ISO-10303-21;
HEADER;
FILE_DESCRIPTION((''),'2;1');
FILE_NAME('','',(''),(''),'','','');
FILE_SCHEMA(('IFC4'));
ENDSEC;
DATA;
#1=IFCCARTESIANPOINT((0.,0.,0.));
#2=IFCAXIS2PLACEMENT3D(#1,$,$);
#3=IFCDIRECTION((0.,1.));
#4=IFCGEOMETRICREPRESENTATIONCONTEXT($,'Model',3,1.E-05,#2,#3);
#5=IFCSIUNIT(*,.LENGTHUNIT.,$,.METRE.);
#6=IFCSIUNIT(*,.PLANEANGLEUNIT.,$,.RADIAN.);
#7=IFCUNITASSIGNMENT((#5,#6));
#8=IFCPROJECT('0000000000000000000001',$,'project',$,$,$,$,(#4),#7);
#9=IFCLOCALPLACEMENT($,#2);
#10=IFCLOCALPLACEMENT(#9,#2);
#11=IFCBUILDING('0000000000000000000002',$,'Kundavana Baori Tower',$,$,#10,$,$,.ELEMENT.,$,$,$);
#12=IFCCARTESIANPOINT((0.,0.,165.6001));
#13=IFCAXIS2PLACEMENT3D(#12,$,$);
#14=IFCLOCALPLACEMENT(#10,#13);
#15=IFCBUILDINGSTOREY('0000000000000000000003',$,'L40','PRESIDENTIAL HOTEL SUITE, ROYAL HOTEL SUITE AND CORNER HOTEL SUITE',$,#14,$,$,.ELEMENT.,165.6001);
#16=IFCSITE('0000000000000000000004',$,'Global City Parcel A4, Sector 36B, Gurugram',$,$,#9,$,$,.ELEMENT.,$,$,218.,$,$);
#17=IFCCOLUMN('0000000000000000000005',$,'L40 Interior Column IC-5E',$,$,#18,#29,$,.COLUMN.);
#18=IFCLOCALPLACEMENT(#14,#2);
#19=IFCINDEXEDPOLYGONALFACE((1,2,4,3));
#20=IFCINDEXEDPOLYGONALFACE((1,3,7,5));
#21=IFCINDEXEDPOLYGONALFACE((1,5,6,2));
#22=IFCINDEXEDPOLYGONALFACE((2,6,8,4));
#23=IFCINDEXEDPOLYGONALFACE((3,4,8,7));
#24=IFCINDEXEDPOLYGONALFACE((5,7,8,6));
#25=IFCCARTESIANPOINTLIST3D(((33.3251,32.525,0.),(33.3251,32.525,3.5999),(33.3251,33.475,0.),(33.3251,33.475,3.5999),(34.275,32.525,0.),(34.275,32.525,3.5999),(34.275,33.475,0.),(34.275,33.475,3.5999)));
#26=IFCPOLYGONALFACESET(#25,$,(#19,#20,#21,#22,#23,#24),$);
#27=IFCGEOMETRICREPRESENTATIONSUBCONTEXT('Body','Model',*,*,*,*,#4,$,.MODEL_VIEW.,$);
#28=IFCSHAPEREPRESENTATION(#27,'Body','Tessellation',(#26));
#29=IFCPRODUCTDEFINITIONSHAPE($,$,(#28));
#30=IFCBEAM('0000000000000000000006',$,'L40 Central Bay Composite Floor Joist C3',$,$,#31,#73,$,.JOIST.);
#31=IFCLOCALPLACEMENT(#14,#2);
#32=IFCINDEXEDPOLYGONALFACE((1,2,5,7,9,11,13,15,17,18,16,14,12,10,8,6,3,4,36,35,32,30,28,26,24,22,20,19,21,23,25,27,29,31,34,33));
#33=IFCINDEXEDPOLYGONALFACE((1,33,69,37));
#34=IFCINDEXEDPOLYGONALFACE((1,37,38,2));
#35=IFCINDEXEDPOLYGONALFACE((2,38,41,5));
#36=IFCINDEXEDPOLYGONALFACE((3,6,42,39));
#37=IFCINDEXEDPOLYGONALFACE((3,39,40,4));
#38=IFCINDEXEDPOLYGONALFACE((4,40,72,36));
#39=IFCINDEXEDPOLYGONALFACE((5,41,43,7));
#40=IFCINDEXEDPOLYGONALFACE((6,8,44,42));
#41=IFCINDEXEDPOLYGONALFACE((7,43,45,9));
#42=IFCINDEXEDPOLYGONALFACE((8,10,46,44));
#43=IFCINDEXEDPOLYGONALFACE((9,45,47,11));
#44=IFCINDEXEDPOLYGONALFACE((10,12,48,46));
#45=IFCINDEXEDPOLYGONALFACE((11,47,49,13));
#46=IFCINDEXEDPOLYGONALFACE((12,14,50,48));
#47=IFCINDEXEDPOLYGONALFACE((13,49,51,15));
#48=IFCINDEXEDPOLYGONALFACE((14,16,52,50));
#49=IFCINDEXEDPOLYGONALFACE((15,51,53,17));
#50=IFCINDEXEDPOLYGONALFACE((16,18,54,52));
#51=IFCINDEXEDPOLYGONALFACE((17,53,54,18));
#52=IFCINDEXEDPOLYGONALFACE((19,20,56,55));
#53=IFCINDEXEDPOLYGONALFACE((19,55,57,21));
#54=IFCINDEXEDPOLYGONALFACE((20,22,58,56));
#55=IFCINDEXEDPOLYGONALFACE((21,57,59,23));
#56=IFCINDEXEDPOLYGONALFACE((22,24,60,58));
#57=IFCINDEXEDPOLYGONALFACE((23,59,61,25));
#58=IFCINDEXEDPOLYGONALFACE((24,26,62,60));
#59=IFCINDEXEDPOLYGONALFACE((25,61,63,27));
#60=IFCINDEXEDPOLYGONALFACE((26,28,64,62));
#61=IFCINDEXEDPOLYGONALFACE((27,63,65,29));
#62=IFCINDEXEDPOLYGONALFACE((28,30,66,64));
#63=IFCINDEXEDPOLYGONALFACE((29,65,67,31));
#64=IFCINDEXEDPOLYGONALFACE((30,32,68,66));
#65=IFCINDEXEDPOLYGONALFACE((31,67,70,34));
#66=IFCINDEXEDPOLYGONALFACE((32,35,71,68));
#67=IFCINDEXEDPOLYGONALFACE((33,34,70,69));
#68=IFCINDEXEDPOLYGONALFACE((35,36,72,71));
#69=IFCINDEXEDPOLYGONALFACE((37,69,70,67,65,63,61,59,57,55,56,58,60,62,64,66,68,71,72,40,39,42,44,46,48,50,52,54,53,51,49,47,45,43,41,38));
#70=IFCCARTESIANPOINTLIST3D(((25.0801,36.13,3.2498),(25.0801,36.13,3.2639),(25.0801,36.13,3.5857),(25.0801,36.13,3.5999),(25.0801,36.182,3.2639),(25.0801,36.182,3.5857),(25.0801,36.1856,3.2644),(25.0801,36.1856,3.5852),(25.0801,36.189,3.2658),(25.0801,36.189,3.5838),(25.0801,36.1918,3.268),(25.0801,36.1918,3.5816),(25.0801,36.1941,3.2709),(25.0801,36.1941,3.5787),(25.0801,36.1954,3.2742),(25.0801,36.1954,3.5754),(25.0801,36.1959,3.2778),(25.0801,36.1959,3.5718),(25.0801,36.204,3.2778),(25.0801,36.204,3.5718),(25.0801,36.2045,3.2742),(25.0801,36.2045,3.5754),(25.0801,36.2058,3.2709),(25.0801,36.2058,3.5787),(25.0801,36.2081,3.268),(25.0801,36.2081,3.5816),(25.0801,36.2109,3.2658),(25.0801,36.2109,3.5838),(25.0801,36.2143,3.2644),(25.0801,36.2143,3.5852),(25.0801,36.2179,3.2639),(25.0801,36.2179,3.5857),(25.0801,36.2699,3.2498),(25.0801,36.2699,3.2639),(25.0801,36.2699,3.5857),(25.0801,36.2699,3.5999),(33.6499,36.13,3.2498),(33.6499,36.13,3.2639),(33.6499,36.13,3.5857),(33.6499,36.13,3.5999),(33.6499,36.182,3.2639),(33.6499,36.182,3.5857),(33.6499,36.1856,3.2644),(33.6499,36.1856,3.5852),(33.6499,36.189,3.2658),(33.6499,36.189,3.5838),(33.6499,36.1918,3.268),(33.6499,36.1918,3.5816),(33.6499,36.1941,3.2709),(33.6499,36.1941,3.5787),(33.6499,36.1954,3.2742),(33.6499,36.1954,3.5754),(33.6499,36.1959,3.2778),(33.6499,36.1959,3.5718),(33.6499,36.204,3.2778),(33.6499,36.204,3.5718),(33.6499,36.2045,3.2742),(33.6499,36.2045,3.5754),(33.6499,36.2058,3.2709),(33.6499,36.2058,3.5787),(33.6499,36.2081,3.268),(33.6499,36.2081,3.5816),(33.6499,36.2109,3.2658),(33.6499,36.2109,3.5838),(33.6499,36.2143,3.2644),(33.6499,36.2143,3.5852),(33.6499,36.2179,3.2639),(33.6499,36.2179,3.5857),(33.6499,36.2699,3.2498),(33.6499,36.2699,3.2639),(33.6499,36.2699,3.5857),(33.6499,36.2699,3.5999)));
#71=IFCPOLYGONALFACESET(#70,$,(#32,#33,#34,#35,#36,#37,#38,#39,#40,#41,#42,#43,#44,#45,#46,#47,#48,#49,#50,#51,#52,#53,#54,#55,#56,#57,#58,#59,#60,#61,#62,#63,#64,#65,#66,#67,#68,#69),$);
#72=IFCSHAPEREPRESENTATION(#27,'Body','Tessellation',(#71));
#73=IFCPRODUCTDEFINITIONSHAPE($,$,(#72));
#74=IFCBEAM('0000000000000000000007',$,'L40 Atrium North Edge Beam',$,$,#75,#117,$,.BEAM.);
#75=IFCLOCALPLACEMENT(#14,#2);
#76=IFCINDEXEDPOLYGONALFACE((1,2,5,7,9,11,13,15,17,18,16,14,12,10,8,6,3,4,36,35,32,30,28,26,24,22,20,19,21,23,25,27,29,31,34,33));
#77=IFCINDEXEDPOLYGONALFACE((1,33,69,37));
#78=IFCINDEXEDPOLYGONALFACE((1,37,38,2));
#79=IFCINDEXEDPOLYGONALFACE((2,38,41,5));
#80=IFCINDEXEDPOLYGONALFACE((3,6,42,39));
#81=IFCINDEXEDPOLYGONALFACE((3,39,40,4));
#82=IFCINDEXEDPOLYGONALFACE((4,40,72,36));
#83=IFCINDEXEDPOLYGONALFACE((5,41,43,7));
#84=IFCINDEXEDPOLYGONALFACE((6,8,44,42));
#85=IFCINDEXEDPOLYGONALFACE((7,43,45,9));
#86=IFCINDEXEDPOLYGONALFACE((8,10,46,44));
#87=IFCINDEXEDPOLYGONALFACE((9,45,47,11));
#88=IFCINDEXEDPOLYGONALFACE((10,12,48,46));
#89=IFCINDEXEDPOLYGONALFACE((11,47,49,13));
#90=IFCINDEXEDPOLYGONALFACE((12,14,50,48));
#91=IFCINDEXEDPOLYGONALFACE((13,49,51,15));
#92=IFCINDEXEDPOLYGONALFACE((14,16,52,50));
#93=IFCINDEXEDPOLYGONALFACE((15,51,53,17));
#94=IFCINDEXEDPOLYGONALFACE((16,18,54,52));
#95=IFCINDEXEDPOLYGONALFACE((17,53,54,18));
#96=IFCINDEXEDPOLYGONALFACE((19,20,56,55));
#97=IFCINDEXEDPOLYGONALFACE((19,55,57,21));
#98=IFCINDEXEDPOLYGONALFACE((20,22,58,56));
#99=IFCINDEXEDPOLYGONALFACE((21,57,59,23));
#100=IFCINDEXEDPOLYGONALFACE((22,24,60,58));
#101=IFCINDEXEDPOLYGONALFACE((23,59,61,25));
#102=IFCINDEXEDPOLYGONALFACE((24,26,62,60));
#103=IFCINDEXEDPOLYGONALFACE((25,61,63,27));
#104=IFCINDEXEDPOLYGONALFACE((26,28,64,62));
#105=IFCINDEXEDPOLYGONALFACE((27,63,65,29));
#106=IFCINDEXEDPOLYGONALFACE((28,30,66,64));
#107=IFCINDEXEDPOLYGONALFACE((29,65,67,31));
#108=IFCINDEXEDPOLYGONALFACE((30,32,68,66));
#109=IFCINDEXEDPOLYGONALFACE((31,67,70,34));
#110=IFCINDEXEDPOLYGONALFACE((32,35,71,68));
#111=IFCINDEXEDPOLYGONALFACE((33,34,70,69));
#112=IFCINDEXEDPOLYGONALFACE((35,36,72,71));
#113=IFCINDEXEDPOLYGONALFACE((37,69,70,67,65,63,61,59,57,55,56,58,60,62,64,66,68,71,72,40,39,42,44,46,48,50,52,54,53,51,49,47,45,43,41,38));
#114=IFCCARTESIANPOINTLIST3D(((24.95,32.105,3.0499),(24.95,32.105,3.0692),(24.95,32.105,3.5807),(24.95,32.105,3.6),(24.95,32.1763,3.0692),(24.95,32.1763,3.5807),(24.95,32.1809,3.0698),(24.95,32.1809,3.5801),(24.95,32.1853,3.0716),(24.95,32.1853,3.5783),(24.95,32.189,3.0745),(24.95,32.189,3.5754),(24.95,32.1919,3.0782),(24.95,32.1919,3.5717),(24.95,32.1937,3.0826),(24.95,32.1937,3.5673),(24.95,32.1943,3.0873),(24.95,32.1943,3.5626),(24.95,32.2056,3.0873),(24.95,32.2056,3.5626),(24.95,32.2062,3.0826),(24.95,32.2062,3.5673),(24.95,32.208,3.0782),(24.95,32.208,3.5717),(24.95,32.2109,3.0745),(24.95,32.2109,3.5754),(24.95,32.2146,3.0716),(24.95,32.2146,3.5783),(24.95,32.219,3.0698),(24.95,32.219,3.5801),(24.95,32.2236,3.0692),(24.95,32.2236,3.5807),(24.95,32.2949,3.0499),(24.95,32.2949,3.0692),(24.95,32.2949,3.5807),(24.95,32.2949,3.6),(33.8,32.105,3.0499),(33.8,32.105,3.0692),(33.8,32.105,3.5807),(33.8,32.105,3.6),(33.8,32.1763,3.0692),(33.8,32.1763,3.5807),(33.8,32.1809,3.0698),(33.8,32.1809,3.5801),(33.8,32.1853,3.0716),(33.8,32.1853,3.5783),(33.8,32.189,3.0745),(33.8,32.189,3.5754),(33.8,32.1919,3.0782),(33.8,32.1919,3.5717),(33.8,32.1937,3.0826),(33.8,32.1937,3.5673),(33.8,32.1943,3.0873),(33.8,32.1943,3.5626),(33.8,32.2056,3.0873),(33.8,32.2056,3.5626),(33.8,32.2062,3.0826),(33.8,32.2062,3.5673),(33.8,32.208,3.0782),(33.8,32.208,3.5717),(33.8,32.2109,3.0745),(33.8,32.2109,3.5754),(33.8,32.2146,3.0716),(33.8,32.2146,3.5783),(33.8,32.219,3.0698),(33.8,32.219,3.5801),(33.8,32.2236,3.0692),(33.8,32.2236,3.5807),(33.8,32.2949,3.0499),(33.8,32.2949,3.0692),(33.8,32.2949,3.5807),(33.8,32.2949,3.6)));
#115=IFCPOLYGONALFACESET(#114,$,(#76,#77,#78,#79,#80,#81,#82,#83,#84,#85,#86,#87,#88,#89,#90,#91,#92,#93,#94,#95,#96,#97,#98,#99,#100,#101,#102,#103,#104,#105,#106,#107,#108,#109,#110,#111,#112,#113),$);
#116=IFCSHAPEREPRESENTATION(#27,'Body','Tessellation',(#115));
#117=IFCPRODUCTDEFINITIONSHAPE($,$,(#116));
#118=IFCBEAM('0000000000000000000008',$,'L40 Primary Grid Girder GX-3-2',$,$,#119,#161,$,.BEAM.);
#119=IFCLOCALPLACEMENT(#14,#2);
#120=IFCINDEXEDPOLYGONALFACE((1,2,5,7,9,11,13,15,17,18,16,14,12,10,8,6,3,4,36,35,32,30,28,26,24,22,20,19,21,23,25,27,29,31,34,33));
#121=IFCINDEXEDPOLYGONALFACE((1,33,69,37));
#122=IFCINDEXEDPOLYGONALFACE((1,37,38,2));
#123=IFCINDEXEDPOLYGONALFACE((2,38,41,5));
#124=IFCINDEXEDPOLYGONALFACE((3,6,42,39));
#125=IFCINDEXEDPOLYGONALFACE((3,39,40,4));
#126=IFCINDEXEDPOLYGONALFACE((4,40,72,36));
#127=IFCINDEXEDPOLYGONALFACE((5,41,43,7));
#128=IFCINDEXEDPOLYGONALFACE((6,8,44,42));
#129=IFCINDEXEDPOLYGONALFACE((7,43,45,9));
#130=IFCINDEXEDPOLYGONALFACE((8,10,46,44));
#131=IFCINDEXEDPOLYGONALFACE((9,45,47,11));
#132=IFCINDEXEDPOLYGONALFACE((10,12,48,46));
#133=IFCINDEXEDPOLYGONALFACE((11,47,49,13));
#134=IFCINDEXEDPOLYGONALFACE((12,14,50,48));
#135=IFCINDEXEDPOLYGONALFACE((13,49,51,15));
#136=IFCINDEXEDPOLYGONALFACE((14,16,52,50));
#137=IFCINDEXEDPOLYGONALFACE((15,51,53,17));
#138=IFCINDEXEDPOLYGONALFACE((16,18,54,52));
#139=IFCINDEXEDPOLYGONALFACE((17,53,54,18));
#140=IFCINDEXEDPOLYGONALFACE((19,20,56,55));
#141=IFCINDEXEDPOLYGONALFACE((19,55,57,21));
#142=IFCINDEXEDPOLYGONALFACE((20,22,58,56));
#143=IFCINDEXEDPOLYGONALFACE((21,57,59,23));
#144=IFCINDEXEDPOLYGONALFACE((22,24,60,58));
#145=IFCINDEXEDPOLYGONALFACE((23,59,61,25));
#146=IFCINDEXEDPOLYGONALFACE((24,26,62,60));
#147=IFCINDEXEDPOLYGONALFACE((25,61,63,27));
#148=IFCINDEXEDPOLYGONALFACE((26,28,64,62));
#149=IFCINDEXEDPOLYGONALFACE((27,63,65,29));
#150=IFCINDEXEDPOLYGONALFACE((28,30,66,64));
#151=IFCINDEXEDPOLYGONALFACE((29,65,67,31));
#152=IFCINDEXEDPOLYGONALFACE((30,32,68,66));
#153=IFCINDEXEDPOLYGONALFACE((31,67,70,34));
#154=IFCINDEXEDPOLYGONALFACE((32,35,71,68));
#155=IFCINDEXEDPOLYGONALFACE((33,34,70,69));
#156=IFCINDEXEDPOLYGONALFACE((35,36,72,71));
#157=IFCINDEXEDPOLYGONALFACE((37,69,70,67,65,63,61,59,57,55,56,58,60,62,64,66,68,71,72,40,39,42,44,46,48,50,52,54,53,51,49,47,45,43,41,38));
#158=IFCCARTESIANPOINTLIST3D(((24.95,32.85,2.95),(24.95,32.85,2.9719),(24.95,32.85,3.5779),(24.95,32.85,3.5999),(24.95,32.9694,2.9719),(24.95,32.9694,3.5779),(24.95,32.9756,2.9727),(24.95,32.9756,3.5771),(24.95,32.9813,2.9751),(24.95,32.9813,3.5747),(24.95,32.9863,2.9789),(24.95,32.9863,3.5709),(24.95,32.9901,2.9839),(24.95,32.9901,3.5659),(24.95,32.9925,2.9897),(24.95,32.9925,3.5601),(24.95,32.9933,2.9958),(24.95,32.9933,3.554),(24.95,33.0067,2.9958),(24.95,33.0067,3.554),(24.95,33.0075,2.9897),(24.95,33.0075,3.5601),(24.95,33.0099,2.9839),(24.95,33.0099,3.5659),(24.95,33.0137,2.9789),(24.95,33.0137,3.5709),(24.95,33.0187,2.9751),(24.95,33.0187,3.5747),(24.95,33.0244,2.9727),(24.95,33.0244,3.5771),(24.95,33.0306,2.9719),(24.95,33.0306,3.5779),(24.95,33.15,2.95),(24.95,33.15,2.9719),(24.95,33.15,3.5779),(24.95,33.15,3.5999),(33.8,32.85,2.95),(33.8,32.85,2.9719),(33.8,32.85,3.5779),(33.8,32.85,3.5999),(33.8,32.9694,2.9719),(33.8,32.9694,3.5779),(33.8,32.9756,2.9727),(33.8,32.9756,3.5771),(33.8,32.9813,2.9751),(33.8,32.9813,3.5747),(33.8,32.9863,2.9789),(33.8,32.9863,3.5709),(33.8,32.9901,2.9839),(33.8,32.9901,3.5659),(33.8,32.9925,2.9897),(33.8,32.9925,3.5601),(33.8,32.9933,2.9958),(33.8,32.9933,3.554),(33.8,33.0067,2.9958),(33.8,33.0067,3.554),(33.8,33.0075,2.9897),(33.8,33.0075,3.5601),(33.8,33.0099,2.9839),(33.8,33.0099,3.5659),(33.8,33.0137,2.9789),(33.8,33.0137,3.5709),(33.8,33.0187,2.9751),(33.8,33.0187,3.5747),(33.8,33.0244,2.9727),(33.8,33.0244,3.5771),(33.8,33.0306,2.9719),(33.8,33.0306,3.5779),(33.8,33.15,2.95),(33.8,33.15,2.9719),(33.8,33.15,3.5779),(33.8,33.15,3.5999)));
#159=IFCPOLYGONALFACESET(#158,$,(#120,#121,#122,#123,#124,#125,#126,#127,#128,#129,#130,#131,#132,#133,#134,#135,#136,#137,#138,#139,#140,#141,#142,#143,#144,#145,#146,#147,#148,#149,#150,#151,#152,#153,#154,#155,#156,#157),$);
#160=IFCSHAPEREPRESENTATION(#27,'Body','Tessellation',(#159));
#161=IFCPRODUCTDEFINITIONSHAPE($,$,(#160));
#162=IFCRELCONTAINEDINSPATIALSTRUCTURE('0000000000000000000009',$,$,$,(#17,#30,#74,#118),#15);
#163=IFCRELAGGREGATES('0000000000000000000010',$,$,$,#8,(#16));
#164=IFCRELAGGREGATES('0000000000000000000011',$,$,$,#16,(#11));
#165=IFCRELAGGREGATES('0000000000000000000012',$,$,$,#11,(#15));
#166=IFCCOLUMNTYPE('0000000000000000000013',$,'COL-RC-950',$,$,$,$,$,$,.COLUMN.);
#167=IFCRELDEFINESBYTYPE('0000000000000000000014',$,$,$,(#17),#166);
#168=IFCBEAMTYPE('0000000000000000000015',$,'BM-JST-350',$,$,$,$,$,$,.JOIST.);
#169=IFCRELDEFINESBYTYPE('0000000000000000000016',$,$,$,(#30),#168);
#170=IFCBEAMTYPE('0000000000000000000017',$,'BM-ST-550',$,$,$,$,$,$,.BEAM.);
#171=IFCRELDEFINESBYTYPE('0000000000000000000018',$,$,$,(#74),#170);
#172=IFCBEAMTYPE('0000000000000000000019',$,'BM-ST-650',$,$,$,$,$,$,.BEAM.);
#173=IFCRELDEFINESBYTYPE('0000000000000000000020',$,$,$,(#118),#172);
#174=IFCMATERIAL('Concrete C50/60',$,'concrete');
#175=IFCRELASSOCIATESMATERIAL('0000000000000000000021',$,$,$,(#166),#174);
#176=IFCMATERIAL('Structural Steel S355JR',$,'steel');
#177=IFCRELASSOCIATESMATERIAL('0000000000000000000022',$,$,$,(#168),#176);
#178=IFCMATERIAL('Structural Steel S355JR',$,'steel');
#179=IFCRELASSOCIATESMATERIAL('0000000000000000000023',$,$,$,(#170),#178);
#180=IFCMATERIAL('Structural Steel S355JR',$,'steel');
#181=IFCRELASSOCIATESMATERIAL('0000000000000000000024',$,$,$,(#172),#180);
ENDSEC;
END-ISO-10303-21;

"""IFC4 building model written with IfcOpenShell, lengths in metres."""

from ifc_helpers import new_model, si_unit, direction, frame, origin, origin_2d, place, context, subcontext, project, spatial, rectangle, i_section, extrude, material, material_profile, profile_set, type_object, element, save


model = new_model("IFC4")

# Units and contexts
model_context = context("Model", 3, precision=1e-05, world=origin(), true_north=direction((0.0, 1.0)))
body_context = subcontext(model_context, "Body", "Model", "MODEL_VIEW")
ifc_project = project(units=[si_unit("LENGTHUNIT", "METRE"), si_unit("PLANEANGLEUNIT", "RADIAN")], contexts=[model_context])

# Site, building, storey
site_placement = place(None, origin())
site = spatial("IfcSite", under=ifc_project, at=site_placement, Name="Global City Parcel A4, Sector 36B, Gurugram", CompositionType="ELEMENT", RefElevation=218.0)
building_placement = place(site_placement, origin())
building = spatial("IfcBuilding", under=site, at=building_placement, Name="Kundavana Baori Tower", CompositionType="ELEMENT")
storey_placement = place(building_placement, frame((0.0, 0.0, 165.6001)))
storey = spatial("IfcBuildingStorey", under=building, at=storey_placement, Name="L40", Description="PRESIDENTIAL HOTEL SUITE, ROYAL HOTEL SUITE AND CORNER HOTEL SUITE", CompositionType="ELEMENT", Elevation=165.6001)

# Column
ifc_material_1 = material(Name="Concrete C50/60", Category="concrete")
ifc_material_profile_1 = material_profile(ifc_material_1, rectangle(XDim=0.95, YDim=0.95, at=origin_2d()), Name="RC 950x950")
ifc_profile_set_1 = profile_set([ifc_material_profile_1], Name="Concrete C50/60")
column_type = type_object("IfcColumnType", Name="COL-RC-950", PredefinedType="COLUMN", material=ifc_profile_set_1)
column_placement = place(storey_placement, frame((33.8, 33.0, 0.0), z_axis=(0.0, 0.0, 1.0), x_axis=(1.0, 0.0, 0.0)))
element("IfcColumn", 1, at=column_placement, inside=storey, type_object=column_type, Name="L40 Interior Column IC-5E", PredefinedType="COLUMN", context=body_context, shape_type="SweptSolid", body=[
    extrude(rectangle(XDim=0.95, YDim=0.95, at=origin_2d()), origin(), (0.0, 0.0, 1.0), 3.5999),
])

# Beams
ifc_material_2 = material(Name="Structural Steel S355JR", Category="steel")
ifc_material_profile_2 = material_profile(ifc_material_2, i_section(OverallWidth=0.1399, OverallDepth=0.3501, WebThickness=0.0081, FlangeThickness=0.0142, FilletRadius=0.0139, at=origin_2d()), Name="ISMB 350")
ifc_profile_set_2 = profile_set([ifc_material_profile_2], Name="Structural Steel S355JR")
beam_type_1 = type_object("IfcBeamType", Name="BM-JST-350", PredefinedType="JOIST", material=ifc_profile_set_2)
beam_1_placement = place(storey_placement, frame((25.0801, 36.2, 3.4248), z_axis=(1.0, 0.0, 0.0), x_axis=(0.0, 1.0, 0.0)))
element("IfcBeam", 2, at=beam_1_placement, inside=storey, type_object=beam_type_1, Name="L40 Central Bay Composite Floor Joist C3", PredefinedType="JOIST", context=body_context, shape_type="SweptSolid", body=[
    extrude(i_section(OverallWidth=0.1399, OverallDepth=0.3501, WebThickness=0.0081, FlangeThickness=0.0142, FilletRadius=0.0139, at=origin_2d()), origin(), (0.0, 0.0, 1.0), 8.5698),
])
ifc_material_3 = material(Name="Structural Steel S355JR", Category="steel")
ifc_material_profile_3 = material_profile(ifc_material_3, i_section(OverallWidth=0.1899, OverallDepth=0.55, WebThickness=0.0112, FlangeThickness=0.0193, FilletRadius=0.0181, at=origin_2d()), Name="ISMB 550")
ifc_profile_set_3 = profile_set([ifc_material_profile_3], Name="Structural Steel S355JR")
beam_type_2 = type_object("IfcBeamType", Name="BM-ST-550", PredefinedType="BEAM", material=ifc_profile_set_3)
beam_2_placement = place(storey_placement, frame((24.95, 32.2, 3.325), z_axis=(1.0, 0.0, 0.0), x_axis=(0.0, 1.0, 0.0)))
element("IfcBeam", 3, at=beam_2_placement, inside=storey, type_object=beam_type_2, Name="L40 Atrium North Edge Beam", PredefinedType="BEAM", context=body_context, shape_type="SweptSolid", body=[
    extrude(i_section(OverallWidth=0.1899, OverallDepth=0.55, WebThickness=0.0112, FlangeThickness=0.0193, FilletRadius=0.0181, at=origin_2d()), origin(), (0.0, 0.0, 1.0), 8.8501),
])
ifc_material_4 = material(Name="Structural Steel S355JR", Category="steel")
ifc_material_profile_4 = material_profile(ifc_material_4, i_section(OverallWidth=0.3, OverallDepth=0.6499, WebThickness=0.0134, FlangeThickness=0.022, FilletRadius=0.0239, at=origin_2d()), Name="NPB 650x300x155")
ifc_profile_set_4 = profile_set([ifc_material_profile_4], Name="Structural Steel S355JR")
beam_type_3 = type_object("IfcBeamType", Name="BM-ST-650", PredefinedType="BEAM", material=ifc_profile_set_4)
beam_3_placement = place(storey_placement, frame((24.95, 33.0, 3.2749), z_axis=(1.0, 0.0, 0.0), x_axis=(0.0, 1.0, 0.0)))
element("IfcBeam", 4, at=beam_3_placement, inside=storey, type_object=beam_type_3, Name="L40 Primary Grid Girder GX-3-2", PredefinedType="BEAM", context=body_context, shape_type="SweptSolid", body=[
    extrude(i_section(OverallWidth=0.3, OverallDepth=0.6499, WebThickness=0.0134, FlangeThickness=0.022, FilletRadius=0.0239, at=origin_2d()), origin(), (0.0, 0.0, 1.0), 8.8501),
])

save(model, "model.ifc")
